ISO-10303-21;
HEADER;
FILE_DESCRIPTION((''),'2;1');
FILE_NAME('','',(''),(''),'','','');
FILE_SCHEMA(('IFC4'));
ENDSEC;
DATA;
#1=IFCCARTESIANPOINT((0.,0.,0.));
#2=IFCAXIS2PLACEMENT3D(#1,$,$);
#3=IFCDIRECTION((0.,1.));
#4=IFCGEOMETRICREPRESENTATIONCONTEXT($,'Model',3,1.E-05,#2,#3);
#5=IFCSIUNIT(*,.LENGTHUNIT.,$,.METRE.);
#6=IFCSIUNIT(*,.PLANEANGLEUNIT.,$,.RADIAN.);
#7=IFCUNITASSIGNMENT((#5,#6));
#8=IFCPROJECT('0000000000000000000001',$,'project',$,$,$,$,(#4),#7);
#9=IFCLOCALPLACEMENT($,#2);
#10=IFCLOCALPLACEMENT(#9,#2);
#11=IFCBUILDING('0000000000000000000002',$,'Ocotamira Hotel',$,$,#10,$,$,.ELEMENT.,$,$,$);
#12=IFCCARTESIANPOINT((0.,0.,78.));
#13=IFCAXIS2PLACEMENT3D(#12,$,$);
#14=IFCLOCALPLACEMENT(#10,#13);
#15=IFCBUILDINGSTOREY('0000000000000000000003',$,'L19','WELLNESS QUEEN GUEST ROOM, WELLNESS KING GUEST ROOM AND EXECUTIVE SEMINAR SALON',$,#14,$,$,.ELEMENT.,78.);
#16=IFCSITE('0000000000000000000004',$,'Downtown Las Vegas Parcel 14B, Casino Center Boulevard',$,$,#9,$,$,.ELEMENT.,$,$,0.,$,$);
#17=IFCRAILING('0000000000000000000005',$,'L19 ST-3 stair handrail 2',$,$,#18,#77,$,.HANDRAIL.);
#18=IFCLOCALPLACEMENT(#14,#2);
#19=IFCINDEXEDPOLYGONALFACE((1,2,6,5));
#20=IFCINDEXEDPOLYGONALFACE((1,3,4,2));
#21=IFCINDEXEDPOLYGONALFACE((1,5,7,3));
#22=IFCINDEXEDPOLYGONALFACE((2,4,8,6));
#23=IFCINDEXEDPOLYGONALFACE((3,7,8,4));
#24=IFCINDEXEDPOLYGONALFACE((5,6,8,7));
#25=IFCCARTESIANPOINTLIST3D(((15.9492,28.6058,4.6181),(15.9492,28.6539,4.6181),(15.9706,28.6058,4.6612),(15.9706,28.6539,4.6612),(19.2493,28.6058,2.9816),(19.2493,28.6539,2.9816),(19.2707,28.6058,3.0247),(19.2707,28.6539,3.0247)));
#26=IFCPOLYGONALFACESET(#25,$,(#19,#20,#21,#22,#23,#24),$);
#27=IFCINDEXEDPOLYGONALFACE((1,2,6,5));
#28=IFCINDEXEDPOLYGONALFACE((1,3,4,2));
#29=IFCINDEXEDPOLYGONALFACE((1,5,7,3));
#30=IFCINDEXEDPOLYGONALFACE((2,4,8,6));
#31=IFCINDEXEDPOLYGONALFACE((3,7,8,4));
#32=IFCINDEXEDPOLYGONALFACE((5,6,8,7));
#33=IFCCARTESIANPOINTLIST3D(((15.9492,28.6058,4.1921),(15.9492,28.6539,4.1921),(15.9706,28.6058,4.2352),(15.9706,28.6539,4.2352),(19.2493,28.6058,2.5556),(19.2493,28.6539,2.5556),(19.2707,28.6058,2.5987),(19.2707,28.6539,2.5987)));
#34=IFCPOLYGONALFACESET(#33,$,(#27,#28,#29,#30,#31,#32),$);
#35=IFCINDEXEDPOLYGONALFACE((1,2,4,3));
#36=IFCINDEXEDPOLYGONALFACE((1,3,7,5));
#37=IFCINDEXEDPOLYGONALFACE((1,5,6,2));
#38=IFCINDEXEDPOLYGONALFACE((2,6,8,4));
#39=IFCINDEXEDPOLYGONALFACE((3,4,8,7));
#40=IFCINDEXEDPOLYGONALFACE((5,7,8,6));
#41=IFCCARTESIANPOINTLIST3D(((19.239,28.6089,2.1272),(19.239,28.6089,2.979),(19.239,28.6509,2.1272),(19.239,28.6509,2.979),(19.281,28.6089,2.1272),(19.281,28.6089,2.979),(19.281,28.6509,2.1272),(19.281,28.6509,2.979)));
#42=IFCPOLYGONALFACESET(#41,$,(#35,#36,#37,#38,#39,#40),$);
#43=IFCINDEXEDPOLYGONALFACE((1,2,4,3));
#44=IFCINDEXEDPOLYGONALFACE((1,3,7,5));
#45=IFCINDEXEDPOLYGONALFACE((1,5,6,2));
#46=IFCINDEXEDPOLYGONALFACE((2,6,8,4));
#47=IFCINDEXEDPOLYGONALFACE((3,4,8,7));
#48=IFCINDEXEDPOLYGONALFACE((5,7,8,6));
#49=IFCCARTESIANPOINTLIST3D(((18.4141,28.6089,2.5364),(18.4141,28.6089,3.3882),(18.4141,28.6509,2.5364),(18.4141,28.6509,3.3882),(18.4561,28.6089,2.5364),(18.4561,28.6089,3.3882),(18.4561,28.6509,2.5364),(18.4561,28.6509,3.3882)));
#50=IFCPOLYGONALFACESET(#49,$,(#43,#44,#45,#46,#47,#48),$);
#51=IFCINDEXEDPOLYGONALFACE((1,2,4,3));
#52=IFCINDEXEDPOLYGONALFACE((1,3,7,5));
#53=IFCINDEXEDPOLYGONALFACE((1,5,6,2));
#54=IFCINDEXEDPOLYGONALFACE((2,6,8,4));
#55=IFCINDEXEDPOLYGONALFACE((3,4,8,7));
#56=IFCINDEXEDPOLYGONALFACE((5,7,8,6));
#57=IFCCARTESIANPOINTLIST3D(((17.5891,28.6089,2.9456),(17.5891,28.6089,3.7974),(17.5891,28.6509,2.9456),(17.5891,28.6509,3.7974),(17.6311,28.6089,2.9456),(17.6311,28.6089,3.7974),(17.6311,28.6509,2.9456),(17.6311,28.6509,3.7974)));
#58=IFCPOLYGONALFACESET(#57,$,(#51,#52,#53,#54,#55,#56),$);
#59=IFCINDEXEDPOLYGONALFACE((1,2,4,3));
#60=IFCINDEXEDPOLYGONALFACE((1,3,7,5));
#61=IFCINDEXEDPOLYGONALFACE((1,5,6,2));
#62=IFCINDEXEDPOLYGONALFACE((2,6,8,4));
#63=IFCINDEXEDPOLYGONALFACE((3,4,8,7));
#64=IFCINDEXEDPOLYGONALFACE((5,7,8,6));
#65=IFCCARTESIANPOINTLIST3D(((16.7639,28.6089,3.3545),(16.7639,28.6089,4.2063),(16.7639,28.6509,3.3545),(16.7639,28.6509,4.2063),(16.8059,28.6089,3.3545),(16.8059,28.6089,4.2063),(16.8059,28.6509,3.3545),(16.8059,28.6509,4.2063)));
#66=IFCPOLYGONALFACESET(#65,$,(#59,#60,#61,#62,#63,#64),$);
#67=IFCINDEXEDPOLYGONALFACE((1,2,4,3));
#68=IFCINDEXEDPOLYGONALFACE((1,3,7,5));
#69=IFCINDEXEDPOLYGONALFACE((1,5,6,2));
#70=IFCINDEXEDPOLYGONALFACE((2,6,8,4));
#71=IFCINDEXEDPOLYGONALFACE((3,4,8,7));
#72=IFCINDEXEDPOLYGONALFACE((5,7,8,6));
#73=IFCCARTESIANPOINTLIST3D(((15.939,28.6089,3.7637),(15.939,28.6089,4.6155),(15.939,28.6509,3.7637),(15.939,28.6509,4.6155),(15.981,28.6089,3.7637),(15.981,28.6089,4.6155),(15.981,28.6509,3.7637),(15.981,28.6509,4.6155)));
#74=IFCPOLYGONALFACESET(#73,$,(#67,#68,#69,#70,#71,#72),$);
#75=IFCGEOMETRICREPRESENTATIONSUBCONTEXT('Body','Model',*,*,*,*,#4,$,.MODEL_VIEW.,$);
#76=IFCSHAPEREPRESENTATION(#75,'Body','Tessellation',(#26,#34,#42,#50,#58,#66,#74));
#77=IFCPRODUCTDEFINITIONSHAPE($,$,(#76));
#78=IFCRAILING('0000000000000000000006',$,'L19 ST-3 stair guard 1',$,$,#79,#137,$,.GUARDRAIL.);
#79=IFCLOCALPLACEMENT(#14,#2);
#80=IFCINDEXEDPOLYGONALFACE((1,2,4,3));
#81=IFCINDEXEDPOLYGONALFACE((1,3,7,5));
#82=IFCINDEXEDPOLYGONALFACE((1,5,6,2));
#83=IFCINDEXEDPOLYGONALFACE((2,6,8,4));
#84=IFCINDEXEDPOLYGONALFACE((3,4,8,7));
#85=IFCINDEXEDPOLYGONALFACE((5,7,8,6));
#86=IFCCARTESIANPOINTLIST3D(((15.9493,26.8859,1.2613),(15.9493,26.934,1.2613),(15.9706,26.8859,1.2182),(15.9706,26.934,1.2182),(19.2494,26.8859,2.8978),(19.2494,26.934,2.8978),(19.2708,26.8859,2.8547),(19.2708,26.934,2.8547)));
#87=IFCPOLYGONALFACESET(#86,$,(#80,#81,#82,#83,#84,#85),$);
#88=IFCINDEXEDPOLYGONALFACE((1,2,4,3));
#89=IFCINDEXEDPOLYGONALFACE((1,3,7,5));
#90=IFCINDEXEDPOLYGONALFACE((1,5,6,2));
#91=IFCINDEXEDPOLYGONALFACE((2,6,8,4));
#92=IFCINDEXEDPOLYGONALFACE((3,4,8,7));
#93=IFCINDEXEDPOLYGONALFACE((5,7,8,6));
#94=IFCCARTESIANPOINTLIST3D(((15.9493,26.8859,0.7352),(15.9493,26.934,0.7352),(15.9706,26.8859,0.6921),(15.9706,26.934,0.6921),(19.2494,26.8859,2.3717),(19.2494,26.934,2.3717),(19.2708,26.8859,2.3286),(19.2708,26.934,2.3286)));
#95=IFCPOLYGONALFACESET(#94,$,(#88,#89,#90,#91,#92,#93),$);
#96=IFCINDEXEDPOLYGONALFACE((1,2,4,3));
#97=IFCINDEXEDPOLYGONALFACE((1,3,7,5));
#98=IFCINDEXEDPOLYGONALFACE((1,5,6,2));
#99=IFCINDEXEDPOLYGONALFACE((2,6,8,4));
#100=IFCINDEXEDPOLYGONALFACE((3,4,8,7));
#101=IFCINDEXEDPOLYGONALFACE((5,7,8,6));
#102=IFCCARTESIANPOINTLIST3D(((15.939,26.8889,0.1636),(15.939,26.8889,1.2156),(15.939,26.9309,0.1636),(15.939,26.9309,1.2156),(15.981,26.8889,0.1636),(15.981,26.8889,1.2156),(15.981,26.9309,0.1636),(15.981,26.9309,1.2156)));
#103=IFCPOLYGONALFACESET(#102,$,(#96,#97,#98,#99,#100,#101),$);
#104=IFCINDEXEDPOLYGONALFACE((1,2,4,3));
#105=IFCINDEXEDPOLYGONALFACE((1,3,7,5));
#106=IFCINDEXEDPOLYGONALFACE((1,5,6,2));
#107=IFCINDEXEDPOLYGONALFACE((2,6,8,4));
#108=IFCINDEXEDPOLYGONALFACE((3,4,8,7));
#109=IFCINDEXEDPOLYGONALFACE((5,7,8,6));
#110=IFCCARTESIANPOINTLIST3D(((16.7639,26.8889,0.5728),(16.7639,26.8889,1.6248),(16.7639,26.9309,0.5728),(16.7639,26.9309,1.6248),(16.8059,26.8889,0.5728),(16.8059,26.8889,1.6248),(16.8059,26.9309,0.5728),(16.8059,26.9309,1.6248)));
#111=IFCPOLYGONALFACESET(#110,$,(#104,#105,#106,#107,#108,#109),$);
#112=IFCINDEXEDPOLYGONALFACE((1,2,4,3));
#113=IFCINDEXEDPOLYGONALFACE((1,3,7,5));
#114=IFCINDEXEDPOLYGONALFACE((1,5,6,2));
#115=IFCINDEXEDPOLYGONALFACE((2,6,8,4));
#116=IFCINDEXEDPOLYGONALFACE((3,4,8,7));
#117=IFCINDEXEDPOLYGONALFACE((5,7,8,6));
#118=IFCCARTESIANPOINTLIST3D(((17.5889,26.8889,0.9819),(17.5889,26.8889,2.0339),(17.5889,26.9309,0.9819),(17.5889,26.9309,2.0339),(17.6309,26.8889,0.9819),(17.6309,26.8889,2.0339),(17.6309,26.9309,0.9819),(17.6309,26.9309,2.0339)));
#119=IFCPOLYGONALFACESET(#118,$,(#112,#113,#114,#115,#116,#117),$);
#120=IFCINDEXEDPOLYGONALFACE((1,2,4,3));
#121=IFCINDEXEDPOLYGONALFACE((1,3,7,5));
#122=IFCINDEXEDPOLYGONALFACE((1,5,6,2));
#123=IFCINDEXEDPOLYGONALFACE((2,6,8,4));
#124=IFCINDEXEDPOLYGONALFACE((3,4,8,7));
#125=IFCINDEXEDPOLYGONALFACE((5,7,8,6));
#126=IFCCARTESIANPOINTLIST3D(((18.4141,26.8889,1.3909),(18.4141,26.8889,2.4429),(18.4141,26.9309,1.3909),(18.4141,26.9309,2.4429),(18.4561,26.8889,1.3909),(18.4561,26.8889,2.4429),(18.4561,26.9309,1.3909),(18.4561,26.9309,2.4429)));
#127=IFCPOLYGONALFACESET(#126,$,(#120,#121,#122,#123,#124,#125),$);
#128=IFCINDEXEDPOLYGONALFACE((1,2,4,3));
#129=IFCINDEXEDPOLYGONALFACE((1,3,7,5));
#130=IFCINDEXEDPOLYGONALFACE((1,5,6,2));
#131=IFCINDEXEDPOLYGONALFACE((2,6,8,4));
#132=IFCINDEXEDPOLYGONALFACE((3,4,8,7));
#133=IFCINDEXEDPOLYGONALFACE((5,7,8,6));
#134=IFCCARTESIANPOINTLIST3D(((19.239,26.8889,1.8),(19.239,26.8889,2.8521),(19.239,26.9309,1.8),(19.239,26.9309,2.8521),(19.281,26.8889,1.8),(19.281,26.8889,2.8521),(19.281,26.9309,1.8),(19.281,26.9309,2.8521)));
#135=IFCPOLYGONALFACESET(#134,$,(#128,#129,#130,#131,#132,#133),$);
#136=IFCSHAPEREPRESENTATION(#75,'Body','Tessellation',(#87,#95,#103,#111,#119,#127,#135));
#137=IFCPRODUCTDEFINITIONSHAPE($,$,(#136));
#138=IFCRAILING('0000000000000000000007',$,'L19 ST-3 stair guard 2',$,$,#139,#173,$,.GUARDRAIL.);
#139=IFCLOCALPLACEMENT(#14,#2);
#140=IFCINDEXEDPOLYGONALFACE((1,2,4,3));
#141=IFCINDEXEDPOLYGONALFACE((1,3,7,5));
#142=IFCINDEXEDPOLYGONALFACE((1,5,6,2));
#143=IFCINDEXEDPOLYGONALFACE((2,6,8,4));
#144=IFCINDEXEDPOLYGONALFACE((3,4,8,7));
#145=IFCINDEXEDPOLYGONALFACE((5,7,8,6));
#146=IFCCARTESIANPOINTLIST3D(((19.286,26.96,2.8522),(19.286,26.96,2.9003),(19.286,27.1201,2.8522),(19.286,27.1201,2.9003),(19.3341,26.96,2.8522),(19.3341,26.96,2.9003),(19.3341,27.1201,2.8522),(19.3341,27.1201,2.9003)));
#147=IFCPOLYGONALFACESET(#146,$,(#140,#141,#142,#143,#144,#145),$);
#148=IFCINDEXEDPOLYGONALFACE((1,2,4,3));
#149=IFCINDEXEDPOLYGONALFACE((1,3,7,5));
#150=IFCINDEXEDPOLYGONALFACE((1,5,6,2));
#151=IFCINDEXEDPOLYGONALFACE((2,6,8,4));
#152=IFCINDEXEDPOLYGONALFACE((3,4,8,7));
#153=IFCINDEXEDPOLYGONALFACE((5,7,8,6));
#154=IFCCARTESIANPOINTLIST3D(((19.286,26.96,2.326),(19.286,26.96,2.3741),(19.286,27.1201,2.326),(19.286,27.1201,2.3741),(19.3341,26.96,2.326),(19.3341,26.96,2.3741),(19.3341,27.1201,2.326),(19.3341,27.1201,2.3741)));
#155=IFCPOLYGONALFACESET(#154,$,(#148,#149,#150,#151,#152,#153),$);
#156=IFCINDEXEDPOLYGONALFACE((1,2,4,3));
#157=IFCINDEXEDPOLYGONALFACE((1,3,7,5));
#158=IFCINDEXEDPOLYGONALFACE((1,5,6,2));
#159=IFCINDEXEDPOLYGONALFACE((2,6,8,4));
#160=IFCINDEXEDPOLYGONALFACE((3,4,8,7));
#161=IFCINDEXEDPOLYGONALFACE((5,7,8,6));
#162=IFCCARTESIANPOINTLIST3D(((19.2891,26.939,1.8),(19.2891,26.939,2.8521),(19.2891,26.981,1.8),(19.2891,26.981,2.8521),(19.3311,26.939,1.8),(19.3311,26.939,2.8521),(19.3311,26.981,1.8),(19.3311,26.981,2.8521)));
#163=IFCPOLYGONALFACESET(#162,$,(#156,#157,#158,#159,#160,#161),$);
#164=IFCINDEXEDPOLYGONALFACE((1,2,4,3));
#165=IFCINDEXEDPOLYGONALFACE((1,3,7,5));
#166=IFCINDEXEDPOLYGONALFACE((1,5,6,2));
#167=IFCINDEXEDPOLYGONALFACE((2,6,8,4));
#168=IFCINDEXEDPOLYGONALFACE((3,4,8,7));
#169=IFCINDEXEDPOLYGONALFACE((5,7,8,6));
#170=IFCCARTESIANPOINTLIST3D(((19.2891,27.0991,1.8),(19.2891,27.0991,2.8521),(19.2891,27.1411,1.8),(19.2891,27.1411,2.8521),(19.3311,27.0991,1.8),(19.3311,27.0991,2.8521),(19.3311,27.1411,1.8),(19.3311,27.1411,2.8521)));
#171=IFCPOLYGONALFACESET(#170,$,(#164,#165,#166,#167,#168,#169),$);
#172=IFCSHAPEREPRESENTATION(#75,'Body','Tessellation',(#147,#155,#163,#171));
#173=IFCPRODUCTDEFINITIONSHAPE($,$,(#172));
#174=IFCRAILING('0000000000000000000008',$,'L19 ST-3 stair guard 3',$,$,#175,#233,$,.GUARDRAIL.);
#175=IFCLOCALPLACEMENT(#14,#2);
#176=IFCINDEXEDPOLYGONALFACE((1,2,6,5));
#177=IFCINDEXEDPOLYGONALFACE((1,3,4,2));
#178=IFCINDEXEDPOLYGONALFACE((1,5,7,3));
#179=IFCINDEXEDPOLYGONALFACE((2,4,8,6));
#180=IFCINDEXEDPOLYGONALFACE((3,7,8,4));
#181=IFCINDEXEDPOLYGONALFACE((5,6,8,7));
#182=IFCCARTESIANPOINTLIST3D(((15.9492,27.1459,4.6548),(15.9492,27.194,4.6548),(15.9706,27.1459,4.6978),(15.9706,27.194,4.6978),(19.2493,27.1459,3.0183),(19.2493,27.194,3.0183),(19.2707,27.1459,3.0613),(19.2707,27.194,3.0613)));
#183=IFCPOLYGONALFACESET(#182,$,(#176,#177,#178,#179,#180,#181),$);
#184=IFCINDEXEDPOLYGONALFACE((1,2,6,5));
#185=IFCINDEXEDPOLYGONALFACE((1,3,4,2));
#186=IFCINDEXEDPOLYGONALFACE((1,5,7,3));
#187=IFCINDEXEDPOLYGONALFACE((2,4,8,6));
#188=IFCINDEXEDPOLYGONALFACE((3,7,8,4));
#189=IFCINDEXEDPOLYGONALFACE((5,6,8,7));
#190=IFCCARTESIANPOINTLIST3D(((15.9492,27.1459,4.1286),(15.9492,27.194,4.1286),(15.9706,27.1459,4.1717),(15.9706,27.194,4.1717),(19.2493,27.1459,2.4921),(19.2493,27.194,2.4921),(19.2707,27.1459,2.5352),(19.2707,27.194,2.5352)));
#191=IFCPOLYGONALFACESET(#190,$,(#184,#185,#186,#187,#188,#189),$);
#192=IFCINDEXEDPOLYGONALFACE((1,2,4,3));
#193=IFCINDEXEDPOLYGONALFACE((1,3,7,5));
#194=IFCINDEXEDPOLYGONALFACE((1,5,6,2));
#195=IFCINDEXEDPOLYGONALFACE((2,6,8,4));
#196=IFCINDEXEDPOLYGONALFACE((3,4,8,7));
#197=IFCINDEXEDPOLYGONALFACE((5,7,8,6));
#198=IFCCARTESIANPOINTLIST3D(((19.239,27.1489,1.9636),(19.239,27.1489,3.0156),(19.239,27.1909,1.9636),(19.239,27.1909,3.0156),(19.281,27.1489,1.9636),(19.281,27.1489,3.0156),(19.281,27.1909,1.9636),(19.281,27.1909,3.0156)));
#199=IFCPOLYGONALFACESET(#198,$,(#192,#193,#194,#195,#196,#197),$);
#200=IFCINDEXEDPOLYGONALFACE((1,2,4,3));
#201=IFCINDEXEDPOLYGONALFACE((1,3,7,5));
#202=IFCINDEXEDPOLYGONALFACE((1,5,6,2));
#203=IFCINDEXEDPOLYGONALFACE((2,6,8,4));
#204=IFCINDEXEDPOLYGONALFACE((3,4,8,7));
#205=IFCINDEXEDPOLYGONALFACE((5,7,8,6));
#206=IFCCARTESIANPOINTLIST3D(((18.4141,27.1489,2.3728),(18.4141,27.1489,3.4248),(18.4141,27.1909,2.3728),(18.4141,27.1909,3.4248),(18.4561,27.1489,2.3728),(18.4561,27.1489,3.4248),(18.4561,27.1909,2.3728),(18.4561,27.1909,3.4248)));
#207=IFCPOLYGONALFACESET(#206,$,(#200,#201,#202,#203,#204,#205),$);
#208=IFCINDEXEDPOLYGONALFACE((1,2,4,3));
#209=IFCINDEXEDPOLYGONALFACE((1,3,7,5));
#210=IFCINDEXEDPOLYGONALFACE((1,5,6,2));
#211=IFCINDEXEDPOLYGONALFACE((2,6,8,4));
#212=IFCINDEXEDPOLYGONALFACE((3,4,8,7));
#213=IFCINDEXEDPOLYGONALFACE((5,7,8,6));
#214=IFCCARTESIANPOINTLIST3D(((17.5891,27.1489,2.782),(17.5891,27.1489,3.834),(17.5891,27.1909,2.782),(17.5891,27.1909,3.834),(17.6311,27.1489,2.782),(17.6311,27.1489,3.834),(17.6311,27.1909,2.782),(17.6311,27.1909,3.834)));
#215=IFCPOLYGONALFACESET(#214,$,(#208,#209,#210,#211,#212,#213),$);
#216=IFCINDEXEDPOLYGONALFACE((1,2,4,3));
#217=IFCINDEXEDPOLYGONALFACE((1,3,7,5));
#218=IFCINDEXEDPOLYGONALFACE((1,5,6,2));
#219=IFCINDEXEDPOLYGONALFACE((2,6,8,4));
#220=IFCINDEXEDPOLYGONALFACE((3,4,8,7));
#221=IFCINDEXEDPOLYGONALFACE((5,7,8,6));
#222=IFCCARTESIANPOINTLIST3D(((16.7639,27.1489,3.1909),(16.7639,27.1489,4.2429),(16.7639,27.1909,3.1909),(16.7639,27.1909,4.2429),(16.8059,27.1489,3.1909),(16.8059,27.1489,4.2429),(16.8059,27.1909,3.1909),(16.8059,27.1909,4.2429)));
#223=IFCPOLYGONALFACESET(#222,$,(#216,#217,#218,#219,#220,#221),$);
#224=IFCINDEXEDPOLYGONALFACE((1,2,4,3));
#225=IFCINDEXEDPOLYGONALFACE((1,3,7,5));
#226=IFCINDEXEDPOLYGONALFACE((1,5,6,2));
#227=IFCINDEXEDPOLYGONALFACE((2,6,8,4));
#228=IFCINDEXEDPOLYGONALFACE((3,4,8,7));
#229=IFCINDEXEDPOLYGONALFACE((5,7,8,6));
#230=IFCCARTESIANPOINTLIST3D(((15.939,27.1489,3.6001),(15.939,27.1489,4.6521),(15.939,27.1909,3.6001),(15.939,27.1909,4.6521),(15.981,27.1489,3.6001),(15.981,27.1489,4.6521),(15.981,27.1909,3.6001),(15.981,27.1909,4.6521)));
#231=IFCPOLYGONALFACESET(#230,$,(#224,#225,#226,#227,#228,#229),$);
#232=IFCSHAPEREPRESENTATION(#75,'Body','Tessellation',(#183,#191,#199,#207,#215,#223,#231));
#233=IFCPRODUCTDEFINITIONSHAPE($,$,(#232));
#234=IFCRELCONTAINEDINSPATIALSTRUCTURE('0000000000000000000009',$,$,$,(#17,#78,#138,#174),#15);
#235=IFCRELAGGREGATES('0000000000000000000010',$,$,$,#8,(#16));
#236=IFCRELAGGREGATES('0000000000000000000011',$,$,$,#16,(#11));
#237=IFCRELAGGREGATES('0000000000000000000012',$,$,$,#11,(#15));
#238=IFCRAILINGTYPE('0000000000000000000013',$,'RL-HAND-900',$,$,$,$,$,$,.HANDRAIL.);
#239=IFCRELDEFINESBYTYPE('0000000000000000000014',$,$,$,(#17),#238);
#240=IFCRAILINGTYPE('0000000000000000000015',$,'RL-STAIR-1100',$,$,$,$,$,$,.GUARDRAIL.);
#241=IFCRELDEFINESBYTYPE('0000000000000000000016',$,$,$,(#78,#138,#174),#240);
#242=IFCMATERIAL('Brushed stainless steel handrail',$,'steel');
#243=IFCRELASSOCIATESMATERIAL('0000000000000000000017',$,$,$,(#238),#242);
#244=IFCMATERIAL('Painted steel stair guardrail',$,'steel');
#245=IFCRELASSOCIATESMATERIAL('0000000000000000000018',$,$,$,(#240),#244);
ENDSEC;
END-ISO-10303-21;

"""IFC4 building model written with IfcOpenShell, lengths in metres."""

from ifc_helpers import new_model, si_unit, direction, frame, origin, origin_2d, place, context, subcontext, project, spatial, rectangle, extrude, material, type_object, element, save


model = new_model("IFC4")

# Units and contexts
model_context = context("Model", 3, precision=1e-05, world=origin(), true_north=direction((0.0, 1.0)))
body_context = subcontext(model_context, "Body", "Model", "MODEL_VIEW")
ifc_project = project(units=[si_unit("LENGTHUNIT", "METRE"), si_unit("PLANEANGLEUNIT", "RADIAN")], contexts=[model_context])

# Site, building, storey
site_placement = place(None, origin())
site = spatial("IfcSite", under=ifc_project, at=site_placement, Name="Downtown Las Vegas Parcel 14B, Casino Center Boulevard", CompositionType="ELEMENT", RefElevation=0.0)
building_placement = place(site_placement, origin())
building = spatial("IfcBuilding", under=site, at=building_placement, Name="Ocotamira Hotel", CompositionType="ELEMENT")
storey_placement = place(building_placement, frame((0.0, 0.0, 78.0)))
storey = spatial("IfcBuildingStorey", under=building, at=storey_placement, Name="L19", Description="WELLNESS QUEEN GUEST ROOM, WELLNESS KING GUEST ROOM AND EXECUTIVE SEMINAR SALON", CompositionType="ELEMENT", Elevation=78.0)

# Railings
ifc_material_1 = material(Name="Brushed stainless steel handrail", Category="steel")
railing_type_1 = type_object("IfcRailingType", Name="RL-HAND-900", PredefinedType="HANDRAIL", material=ifc_material_1)
railing_1_placement = place(storey_placement, frame((19.26, 28.6299, 2.1272)))
element("IfcRailing", 1, at=railing_1_placement, inside=storey, type_object=railing_type_1, Name="L19 ST-3 stair handrail 2", PredefinedType="HANDRAIL", context=body_context, shape_type="SweptSolid", body=[
    extrude(rectangle(XDim=0.0481, YDim=0.0481, at=origin_2d()), frame((0.0, 0.0, 0.876), z_axis=(-0.895894, 0.0, 0.444268), x_axis=(0.0, -1.0, 0.0)), (0.0, 0.0, 1.0), 3.6836),
    extrude(rectangle(XDim=0.0481, YDim=0.0481, at=origin_2d()), frame((0.0, 0.0, 0.45), z_axis=(-0.895894, 0.0, 0.444268), x_axis=(0.0, -1.0, 0.0)), (0.0, 0.0, 1.0), 3.6836),
    extrude(rectangle(XDim=0.042, YDim=0.042, at=origin_2d()), origin(), (0.0, 0.0, 1.0), 0.8518),
    extrude(rectangle(XDim=0.042, YDim=0.042, at=origin_2d()), frame((-0.825, 0.0, 0.4092)), (0.0, 0.0, 1.0), 0.8518),
    extrude(rectangle(XDim=0.042, YDim=0.042, at=origin_2d()), frame((-1.6499, 0.0, 0.8184)), (0.0, 0.0, 1.0), 0.8518),
    extrude(rectangle(XDim=0.042, YDim=0.042, at=origin_2d()), frame((-2.4751, 0.0, 1.2273)), (0.0, 0.0, 1.0), 0.8518),
    extrude(rectangle(XDim=0.042, YDim=0.042, at=origin_2d()), frame((-3.3, 0.0, 1.6365)), (0.0, 0.0, 1.0), 0.8518),
])
ifc_material_2 = material(Name="Painted steel stair guardrail", Category="steel")
railing_type_2 = type_object("IfcRailingType", Name="RL-STAIR-1100", PredefinedType="GUARDRAIL", material=ifc_material_2)
railing_2_placement = place(storey_placement, frame((15.96, 26.9099, 0.1636)))
element("IfcRailing", 2, at=railing_2_placement, inside=storey, type_object=railing_type_2, Name="L19 ST-3 stair guard 1", PredefinedType="GUARDRAIL", context=body_context, shape_type="SweptSolid", body=[
    extrude(rectangle(XDim=0.0481, YDim=0.0481, at=origin_2d()), frame((0.0, 0.0, 1.0762), z_axis=(0.895894, 0.0, 0.444268), x_axis=(0.0, 1.0, 0.0)), (0.0, 0.0, 1.0), 3.6836),
    extrude(rectangle(XDim=0.0481, YDim=0.0481, at=origin_2d()), frame((0.0, 0.0, 0.55), z_axis=(0.895894, 0.0, 0.444268), x_axis=(0.0, 1.0, 0.0)), (0.0, 0.0, 1.0), 3.6836),
    extrude(rectangle(XDim=0.042, YDim=0.042, at=origin_2d()), origin(), (0.0, 0.0, 1.0), 1.052),
    extrude(rectangle(XDim=0.042, YDim=0.042, at=origin_2d()), frame((0.825, 0.0, 0.4092)), (0.0, 0.0, 1.0), 1.052),
    extrude(rectangle(XDim=0.042, YDim=0.042, at=origin_2d()), frame((1.6499, 0.0, 0.8184)), (0.0, 0.0, 1.0), 1.052),
    extrude(rectangle(XDim=0.042, YDim=0.042, at=origin_2d()), frame((2.4751, 0.0, 1.2273)), (0.0, 0.0, 1.0), 1.052),
    extrude(rectangle(XDim=0.042, YDim=0.042, at=origin_2d()), frame((3.3, 0.0, 1.6365)), (0.0, 0.0, 1.0), 1.052),
])
railing_3_placement = place(storey_placement, frame((19.3101, 26.96, 1.8)))
element("IfcRailing", 3, at=railing_3_placement, inside=storey, type_object=railing_type_2, Name="L19 ST-3 stair guard 2", PredefinedType="GUARDRAIL", context=body_context, shape_type="SweptSolid", body=[
    extrude(rectangle(XDim=0.0481, YDim=0.0481, at=origin_2d()), frame((0.0, 0.0, 1.0762), z_axis=(0.0, 1.0, 0.0), x_axis=(-1.0, 0.0, 0.0)), (0.0, 0.0, 1.0), 0.1602),
    extrude(rectangle(XDim=0.0481, YDim=0.0481, at=origin_2d()), frame((0.0, 0.0, 0.55), z_axis=(0.0, 1.0, 0.0), x_axis=(-1.0, 0.0, 0.0)), (0.0, 0.0, 1.0), 0.1602),
    extrude(rectangle(XDim=0.042, YDim=0.042, at=origin_2d()), origin(), (0.0, 0.0, 1.0), 1.052),
    extrude(rectangle(XDim=0.042, YDim=0.042, at=origin_2d()), frame((0.0, 0.1602, 0.0)), (0.0, 0.0, 1.0), 1.052),
])
railing_4_placement = place(storey_placement, frame((19.26, 27.1699, 1.9636)))
element("IfcRailing", 4, at=railing_4_placement, inside=storey, type_object=railing_type_2, Name="L19 ST-3 stair guard 3", PredefinedType="GUARDRAIL", context=body_context, shape_type="SweptSolid", body=[
    extrude(rectangle(XDim=0.0481, YDim=0.0481, at=origin_2d()), frame((0.0, 0.0, 1.0762), z_axis=(-0.895894, 0.0, 0.444268), x_axis=(0.0, -1.0, 0.0)), (0.0, 0.0, 1.0), 3.6836),
    extrude(rectangle(XDim=0.0481, YDim=0.0481, at=origin_2d()), frame((0.0, 0.0, 0.55), z_axis=(-0.895894, 0.0, 0.444268), x_axis=(0.0, -1.0, 0.0)), (0.0, 0.0, 1.0), 3.6836),
    extrude(rectangle(XDim=0.042, YDim=0.042, at=origin_2d()), origin(), (0.0, 0.0, 1.0), 1.052),
    extrude(rectangle(XDim=0.042, YDim=0.042, at=origin_2d()), frame((-0.825, 0.0, 0.4092)), (0.0, 0.0, 1.0), 1.052),
    extrude(rectangle(XDim=0.042, YDim=0.042, at=origin_2d()), frame((-1.6499, 0.0, 0.8184)), (0.0, 0.0, 1.0), 1.052),
    extrude(rectangle(XDim=0.042, YDim=0.042, at=origin_2d()), frame((-2.4751, 0.0, 1.2273)), (0.0, 0.0, 1.0), 1.052),
    extrude(rectangle(XDim=0.042, YDim=0.042, at=origin_2d()), frame((-3.3, 0.0, 1.6365)), (0.0, 0.0, 1.0), 1.052),
])

save(model, "model.ifc")
